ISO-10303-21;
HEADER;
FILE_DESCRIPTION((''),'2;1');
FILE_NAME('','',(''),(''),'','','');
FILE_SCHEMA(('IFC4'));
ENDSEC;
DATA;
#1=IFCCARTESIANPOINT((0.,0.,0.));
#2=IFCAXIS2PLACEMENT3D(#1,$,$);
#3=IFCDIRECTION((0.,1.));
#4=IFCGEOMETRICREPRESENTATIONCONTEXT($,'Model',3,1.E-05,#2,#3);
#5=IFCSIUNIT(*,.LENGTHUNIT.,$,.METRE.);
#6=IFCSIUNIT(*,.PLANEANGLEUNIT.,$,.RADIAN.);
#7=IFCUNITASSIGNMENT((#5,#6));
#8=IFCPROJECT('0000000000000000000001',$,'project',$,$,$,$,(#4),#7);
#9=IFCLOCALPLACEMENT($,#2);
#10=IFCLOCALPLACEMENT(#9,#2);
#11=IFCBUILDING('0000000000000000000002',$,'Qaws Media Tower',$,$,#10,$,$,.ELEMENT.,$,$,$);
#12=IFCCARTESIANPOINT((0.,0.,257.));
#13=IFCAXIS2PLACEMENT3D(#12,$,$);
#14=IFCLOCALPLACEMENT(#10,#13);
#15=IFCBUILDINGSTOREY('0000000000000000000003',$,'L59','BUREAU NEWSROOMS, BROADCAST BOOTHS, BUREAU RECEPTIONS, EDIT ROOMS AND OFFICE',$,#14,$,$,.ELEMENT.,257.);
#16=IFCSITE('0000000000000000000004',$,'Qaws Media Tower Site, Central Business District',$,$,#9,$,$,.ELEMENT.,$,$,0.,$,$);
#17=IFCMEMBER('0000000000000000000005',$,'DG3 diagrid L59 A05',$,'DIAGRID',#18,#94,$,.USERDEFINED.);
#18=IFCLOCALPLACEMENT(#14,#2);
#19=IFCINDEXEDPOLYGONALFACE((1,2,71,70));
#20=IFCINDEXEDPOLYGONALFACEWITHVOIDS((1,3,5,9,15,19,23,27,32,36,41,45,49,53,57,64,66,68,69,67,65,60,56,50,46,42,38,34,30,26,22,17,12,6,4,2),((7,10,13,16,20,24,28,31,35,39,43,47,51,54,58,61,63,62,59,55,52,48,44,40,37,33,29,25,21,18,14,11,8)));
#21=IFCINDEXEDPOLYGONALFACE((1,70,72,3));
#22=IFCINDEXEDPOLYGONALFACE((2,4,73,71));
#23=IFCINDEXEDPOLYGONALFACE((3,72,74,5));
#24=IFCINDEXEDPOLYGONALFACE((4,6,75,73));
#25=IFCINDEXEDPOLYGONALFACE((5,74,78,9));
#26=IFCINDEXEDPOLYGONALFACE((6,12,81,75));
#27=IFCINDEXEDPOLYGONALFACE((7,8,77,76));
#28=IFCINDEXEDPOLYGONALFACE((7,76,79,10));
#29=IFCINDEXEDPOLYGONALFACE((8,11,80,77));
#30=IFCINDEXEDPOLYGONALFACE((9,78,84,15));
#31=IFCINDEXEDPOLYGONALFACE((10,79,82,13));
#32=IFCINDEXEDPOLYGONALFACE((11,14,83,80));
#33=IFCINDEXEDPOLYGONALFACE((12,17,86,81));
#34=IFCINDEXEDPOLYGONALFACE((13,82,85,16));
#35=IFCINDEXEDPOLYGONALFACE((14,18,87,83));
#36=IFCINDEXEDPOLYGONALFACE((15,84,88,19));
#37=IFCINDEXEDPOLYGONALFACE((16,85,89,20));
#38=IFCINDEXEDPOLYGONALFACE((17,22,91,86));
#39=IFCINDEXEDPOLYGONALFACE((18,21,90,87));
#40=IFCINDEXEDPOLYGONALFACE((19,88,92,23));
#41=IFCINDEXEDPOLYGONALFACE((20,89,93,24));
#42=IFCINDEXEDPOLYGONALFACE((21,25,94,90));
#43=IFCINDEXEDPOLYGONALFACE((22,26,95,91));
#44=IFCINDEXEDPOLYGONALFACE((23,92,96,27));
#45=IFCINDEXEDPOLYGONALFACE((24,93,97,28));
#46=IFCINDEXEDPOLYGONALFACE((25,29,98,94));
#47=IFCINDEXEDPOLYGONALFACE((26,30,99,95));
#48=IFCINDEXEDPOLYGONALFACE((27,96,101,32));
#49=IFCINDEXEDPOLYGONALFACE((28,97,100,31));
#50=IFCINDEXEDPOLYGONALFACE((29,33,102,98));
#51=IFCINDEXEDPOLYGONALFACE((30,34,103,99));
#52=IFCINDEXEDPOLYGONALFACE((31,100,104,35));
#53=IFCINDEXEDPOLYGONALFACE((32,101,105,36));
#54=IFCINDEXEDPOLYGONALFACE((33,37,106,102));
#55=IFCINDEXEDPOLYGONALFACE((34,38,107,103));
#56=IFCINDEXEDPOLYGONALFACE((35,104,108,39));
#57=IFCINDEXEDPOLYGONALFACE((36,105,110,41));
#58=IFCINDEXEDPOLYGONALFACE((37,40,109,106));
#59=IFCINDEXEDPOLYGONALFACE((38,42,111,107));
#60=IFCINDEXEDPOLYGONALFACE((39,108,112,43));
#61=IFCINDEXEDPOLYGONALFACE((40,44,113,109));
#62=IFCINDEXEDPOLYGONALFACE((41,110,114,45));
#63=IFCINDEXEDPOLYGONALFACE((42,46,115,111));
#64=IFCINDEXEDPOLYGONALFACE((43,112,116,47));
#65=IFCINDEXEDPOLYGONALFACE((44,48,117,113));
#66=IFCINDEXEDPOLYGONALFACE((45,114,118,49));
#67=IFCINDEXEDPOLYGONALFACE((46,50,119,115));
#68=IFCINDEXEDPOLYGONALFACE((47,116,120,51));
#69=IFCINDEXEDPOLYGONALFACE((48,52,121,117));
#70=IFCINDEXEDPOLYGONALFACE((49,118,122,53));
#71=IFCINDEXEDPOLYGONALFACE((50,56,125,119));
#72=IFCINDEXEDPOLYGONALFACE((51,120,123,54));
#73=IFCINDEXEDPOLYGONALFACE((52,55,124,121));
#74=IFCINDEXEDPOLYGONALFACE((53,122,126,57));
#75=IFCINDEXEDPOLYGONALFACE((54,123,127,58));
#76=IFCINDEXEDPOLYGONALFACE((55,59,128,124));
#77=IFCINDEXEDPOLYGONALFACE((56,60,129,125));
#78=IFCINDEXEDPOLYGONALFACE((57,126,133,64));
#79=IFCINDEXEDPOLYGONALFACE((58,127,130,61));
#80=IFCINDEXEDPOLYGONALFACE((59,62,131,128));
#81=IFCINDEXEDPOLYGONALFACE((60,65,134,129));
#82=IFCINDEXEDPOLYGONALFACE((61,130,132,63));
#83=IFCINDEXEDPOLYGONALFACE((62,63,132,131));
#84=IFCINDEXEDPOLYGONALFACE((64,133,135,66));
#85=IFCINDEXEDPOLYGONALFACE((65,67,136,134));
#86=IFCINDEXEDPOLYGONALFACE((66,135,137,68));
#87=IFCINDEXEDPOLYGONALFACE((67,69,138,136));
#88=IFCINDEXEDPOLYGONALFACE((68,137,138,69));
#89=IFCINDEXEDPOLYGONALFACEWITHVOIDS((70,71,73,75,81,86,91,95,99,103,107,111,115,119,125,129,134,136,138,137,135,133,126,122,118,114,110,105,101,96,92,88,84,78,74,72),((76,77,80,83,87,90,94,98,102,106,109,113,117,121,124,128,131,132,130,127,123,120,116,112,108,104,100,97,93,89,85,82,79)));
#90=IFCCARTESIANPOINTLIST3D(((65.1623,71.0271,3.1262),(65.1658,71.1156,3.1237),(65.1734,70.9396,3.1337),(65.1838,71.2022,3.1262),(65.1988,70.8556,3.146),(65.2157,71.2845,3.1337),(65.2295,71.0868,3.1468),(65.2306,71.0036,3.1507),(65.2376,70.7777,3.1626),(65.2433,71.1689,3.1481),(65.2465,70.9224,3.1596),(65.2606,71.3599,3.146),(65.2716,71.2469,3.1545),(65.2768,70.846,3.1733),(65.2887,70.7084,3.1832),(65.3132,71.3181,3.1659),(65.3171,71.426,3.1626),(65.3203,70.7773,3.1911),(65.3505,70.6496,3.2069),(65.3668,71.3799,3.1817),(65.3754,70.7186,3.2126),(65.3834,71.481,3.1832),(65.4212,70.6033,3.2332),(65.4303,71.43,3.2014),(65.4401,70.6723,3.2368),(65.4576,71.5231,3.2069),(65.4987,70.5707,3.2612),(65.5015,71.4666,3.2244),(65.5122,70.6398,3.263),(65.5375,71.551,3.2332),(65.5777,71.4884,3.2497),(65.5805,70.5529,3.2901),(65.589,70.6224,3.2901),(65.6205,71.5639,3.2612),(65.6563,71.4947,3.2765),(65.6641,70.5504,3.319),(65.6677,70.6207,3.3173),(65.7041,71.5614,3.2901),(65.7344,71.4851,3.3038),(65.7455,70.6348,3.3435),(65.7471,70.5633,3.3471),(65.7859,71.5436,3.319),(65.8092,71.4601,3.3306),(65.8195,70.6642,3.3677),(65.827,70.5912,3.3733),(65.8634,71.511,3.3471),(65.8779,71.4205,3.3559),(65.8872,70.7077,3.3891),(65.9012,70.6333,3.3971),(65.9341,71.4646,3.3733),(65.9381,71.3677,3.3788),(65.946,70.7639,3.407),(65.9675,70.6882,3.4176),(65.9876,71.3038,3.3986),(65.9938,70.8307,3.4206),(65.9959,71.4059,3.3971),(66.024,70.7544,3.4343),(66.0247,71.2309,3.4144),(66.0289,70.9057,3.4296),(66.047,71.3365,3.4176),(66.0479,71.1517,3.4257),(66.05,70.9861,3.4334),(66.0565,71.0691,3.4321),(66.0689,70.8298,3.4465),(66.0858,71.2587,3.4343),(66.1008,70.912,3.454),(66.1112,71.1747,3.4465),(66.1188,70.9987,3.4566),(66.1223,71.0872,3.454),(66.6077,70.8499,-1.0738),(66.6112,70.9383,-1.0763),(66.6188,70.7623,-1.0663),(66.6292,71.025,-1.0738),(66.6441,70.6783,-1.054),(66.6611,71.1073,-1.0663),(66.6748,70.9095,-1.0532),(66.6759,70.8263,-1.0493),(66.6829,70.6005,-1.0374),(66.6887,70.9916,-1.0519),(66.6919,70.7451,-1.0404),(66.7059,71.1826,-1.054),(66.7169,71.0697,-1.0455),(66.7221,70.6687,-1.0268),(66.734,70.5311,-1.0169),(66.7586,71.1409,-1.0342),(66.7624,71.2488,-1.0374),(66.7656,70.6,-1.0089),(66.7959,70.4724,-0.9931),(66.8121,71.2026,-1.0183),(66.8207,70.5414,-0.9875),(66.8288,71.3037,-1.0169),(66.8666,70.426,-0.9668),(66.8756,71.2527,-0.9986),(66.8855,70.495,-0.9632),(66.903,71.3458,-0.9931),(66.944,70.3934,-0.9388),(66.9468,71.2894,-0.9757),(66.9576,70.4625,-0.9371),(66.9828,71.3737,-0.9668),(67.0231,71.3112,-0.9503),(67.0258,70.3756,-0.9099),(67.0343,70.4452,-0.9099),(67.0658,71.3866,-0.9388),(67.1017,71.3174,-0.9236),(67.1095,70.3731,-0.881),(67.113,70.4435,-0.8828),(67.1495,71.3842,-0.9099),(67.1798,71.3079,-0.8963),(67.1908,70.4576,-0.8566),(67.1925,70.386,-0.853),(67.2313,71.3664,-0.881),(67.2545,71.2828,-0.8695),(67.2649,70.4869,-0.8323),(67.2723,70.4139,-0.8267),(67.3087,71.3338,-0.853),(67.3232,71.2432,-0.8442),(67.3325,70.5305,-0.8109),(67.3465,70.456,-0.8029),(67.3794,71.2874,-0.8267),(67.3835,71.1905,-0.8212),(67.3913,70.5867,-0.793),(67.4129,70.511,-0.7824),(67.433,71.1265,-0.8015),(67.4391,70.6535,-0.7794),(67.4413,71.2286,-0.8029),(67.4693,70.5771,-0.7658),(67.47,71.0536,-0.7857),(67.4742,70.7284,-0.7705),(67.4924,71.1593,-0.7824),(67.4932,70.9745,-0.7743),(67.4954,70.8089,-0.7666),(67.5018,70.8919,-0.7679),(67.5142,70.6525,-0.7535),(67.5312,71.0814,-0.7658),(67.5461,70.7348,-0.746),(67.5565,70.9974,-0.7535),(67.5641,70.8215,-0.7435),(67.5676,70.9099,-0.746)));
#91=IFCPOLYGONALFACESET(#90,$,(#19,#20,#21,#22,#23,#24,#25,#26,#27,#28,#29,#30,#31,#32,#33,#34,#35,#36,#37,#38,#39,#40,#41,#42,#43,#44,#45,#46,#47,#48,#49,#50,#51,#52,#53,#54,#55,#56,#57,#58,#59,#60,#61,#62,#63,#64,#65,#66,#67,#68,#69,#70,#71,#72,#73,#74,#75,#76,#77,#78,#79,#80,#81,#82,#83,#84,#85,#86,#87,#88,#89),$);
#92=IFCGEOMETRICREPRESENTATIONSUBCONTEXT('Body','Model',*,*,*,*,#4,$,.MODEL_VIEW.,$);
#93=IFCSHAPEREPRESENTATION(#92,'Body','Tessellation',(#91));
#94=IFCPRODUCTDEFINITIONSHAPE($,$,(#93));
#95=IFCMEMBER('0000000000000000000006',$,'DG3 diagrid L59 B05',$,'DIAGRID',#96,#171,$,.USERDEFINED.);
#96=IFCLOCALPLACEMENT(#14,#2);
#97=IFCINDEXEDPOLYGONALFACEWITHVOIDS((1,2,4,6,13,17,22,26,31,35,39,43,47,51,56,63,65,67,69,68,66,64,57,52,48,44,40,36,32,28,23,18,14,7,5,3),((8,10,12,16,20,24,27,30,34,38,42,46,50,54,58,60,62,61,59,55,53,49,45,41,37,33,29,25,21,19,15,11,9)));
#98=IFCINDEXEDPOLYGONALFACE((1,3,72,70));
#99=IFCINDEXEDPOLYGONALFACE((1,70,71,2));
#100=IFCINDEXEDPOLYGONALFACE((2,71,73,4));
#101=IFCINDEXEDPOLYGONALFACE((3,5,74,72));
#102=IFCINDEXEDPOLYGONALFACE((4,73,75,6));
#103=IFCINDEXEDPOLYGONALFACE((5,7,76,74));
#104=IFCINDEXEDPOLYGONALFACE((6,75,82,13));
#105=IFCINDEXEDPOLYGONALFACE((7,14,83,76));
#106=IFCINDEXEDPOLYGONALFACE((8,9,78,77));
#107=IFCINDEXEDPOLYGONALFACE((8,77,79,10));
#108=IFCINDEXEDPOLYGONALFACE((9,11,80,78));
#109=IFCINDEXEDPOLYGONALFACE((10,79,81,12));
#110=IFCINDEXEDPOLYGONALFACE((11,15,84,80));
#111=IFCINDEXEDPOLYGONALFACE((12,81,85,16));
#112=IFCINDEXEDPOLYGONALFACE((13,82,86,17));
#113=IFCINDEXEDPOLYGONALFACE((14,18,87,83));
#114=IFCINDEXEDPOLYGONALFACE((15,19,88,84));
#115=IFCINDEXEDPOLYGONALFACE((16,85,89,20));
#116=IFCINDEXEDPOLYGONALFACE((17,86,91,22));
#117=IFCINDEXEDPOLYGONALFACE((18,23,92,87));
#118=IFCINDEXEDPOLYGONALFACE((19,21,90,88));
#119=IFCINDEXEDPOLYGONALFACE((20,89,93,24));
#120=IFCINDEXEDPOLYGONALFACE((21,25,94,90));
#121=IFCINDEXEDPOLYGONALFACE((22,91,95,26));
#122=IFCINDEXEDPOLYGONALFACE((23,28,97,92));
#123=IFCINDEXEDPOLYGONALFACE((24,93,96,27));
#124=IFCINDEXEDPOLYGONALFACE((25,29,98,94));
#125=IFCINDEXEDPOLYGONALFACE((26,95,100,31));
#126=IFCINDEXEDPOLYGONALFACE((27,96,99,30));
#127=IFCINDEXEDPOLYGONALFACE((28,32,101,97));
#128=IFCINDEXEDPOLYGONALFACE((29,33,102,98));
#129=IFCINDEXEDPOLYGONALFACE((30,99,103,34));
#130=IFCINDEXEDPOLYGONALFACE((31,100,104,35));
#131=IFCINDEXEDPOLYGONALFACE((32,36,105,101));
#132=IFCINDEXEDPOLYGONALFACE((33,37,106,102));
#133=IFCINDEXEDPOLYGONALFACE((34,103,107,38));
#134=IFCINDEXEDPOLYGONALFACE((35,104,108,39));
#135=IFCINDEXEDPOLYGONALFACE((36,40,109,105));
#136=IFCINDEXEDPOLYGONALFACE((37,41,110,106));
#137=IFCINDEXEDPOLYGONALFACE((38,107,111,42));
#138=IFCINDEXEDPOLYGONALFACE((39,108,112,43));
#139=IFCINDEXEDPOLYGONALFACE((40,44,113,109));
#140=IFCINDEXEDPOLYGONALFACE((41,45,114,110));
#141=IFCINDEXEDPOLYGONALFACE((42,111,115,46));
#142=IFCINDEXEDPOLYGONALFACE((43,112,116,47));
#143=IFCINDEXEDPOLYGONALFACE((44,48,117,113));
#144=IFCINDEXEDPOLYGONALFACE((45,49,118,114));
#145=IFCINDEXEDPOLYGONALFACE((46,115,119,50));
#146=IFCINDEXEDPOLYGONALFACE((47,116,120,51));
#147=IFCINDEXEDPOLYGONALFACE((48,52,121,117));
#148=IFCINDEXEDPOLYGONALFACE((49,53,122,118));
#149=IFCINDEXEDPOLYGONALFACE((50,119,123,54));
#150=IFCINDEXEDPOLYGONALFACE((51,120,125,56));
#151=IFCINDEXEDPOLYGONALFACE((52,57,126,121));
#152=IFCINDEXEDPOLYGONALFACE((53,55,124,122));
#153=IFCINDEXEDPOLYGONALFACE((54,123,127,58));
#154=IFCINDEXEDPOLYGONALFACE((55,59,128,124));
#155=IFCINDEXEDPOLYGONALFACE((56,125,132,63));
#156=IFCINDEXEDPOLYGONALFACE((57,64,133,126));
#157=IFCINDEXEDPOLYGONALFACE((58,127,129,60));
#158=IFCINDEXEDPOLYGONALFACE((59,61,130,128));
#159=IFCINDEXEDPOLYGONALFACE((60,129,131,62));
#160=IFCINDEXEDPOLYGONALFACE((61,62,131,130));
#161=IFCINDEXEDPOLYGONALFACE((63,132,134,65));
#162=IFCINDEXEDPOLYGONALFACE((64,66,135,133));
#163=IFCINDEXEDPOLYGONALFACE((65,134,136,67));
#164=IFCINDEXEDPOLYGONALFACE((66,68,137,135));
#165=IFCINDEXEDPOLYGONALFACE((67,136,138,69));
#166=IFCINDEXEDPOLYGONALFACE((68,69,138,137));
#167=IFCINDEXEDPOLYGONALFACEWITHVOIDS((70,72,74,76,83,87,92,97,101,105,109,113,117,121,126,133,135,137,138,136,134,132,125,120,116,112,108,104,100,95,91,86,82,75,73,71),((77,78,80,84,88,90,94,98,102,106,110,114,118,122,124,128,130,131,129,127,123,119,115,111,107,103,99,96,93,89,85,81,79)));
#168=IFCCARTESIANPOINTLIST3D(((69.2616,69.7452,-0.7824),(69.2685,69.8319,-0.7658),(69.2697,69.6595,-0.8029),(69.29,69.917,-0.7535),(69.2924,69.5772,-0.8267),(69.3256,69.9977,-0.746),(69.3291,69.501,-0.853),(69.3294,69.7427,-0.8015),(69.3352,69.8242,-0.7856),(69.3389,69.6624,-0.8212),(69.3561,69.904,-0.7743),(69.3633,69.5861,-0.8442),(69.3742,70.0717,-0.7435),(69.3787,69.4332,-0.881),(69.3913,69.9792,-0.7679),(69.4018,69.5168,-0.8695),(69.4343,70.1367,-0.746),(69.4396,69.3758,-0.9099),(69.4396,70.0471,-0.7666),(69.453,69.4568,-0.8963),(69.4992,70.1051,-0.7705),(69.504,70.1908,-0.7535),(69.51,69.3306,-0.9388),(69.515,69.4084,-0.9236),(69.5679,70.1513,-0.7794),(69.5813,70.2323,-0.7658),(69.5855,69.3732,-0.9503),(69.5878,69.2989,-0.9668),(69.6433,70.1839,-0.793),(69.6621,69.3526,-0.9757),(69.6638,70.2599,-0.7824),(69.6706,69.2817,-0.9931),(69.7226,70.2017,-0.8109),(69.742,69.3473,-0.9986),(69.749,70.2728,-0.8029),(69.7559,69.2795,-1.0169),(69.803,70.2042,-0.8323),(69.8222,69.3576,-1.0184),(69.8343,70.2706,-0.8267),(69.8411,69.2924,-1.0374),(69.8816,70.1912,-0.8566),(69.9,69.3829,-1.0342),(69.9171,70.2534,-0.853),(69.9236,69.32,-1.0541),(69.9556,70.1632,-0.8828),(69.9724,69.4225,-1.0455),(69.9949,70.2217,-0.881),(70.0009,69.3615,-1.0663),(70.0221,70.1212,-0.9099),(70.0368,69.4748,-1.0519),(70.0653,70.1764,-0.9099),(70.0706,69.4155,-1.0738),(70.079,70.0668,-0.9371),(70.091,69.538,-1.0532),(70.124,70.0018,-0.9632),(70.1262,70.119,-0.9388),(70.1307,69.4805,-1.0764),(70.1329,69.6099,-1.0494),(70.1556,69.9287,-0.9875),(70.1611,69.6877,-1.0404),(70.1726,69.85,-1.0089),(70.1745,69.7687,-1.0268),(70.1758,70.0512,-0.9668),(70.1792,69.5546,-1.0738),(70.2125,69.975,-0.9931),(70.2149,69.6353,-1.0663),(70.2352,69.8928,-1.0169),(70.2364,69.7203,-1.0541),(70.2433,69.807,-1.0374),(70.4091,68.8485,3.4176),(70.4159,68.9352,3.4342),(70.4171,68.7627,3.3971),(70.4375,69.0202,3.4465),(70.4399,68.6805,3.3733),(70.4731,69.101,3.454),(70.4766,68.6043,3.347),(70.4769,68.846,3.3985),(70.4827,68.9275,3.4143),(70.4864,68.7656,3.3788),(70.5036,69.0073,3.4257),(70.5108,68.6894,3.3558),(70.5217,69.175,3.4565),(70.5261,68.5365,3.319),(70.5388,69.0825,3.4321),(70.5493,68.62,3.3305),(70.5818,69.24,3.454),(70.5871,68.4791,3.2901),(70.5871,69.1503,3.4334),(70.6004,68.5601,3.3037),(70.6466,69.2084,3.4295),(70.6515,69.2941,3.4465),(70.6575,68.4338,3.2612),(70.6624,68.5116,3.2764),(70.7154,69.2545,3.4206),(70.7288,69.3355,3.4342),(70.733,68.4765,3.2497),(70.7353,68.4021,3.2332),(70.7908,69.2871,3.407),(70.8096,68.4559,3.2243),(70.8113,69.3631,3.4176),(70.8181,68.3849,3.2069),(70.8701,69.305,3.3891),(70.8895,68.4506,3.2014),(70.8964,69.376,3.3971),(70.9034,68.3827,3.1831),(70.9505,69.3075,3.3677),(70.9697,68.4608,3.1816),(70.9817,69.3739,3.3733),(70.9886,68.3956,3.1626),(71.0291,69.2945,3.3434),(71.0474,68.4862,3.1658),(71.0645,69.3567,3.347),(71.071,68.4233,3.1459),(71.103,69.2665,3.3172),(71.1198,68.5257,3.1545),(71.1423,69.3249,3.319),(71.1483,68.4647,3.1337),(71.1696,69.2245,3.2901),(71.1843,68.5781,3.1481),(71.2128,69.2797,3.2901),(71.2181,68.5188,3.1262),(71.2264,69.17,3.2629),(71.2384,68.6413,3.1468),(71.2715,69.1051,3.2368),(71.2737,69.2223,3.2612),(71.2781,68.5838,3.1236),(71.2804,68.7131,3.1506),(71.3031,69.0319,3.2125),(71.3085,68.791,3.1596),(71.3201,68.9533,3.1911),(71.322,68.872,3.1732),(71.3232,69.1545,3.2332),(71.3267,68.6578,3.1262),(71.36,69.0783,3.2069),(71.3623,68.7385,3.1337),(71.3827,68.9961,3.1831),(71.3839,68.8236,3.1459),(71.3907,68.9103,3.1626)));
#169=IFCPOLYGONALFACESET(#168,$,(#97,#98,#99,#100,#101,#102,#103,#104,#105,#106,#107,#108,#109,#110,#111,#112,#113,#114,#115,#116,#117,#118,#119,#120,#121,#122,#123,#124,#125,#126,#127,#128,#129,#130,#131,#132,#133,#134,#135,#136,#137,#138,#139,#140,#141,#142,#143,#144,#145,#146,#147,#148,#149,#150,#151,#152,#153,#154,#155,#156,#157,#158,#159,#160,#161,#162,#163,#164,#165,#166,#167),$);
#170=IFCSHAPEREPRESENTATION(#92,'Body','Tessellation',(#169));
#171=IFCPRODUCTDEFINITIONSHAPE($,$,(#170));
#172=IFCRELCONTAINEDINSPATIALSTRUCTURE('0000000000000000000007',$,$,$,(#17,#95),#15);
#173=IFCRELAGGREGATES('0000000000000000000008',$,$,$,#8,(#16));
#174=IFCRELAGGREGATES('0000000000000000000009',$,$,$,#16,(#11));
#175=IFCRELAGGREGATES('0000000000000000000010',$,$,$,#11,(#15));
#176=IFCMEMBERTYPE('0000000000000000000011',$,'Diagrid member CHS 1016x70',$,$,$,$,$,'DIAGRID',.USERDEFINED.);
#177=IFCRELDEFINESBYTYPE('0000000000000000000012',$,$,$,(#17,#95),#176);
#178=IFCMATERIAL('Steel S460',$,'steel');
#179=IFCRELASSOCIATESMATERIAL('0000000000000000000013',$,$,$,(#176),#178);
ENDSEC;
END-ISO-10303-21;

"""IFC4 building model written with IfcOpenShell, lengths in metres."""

from ifc_helpers import new_model, si_unit, direction, frame, origin, origin_2d, place, context, subcontext, project, spatial, hollow_circle, extrude, material, material_profile, profile_set, type_object, element, save


model = new_model("IFC4")

# Units and contexts
model_context = context("Model", 3, precision=1e-05, world=origin(), true_north=direction((0.0, 1.0)))
body_context = subcontext(model_context, "Body", "Model", "MODEL_VIEW")
ifc_project = project(units=[si_unit("LENGTHUNIT", "METRE"), si_unit("PLANEANGLEUNIT", "RADIAN")], contexts=[model_context])

# Site, building, storey
site_placement = place(None, origin())
site = spatial("IfcSite", under=ifc_project, at=site_placement, Name="Qaws Media Tower Site, Central Business District", CompositionType="ELEMENT", RefElevation=0.0)
building_placement = place(site_placement, origin())
building = spatial("IfcBuilding", under=site, at=building_placement, Name="Qaws Media Tower", CompositionType="ELEMENT")
storey_placement = place(building_placement, frame((0.0, 0.0, 257.0)))
storey = spatial("IfcBuildingStorey", under=building, at=storey_placement, Name="L59", Description="BUREAU NEWSROOMS, BROADCAST BOOTHS, BUREAU RECEPTIONS, EDIT ROOMS AND OFFICE", CompositionType="ELEMENT", Elevation=257.0)

# Members
ifc_material_1 = material(Name="Steel S460", Category="steel")
ifc_material_profile_1 = material_profile(ifc_material_1, hollow_circle(Radius=0.5081, WallThickness=0.0701, at=origin_2d()), Name="CHS 1016x70")
ifc_profile_set_1 = profile_set([ifc_material_profile_1], Name="Steel S460")
member_type_1 = type_object("IfcMemberType", Name="Diagrid member CHS 1016x70", ElementType="DIAGRID", PredefinedType="USERDEFINED", material=ifc_profile_set_1)
for number, where, z_axis, x_axis, name in (
    (1, (67.0876, 70.8799, -0.9099), (-0.325139, 0.039873, 0.944825), (-0.121723, -0.992564, 0.0), "DG3 diagrid L59 A05"),
    (2, (69.7524, 69.7761, -0.9099), (0.258131, -0.201727, 0.944815), (0.615761, 0.787933, 0.0), "DG3 diagrid L59 B05"),
):
    element("IfcMember", number, at=place(storey_placement, frame(where, z_axis=z_axis, x_axis=x_axis)), inside=storey, type_object=member_type_1, Name=name, ObjectType="DIAGRID", PredefinedType="USERDEFINED", context=body_context, shape_type="SweptSolid", body=[
        extrude(hollow_circle(Radius=0.5081, WallThickness=0.0701, at=origin_2d()), origin(), (0.0, 0.0, 1.0), 4.4453),
    ])

save(model, "model.ifc")
